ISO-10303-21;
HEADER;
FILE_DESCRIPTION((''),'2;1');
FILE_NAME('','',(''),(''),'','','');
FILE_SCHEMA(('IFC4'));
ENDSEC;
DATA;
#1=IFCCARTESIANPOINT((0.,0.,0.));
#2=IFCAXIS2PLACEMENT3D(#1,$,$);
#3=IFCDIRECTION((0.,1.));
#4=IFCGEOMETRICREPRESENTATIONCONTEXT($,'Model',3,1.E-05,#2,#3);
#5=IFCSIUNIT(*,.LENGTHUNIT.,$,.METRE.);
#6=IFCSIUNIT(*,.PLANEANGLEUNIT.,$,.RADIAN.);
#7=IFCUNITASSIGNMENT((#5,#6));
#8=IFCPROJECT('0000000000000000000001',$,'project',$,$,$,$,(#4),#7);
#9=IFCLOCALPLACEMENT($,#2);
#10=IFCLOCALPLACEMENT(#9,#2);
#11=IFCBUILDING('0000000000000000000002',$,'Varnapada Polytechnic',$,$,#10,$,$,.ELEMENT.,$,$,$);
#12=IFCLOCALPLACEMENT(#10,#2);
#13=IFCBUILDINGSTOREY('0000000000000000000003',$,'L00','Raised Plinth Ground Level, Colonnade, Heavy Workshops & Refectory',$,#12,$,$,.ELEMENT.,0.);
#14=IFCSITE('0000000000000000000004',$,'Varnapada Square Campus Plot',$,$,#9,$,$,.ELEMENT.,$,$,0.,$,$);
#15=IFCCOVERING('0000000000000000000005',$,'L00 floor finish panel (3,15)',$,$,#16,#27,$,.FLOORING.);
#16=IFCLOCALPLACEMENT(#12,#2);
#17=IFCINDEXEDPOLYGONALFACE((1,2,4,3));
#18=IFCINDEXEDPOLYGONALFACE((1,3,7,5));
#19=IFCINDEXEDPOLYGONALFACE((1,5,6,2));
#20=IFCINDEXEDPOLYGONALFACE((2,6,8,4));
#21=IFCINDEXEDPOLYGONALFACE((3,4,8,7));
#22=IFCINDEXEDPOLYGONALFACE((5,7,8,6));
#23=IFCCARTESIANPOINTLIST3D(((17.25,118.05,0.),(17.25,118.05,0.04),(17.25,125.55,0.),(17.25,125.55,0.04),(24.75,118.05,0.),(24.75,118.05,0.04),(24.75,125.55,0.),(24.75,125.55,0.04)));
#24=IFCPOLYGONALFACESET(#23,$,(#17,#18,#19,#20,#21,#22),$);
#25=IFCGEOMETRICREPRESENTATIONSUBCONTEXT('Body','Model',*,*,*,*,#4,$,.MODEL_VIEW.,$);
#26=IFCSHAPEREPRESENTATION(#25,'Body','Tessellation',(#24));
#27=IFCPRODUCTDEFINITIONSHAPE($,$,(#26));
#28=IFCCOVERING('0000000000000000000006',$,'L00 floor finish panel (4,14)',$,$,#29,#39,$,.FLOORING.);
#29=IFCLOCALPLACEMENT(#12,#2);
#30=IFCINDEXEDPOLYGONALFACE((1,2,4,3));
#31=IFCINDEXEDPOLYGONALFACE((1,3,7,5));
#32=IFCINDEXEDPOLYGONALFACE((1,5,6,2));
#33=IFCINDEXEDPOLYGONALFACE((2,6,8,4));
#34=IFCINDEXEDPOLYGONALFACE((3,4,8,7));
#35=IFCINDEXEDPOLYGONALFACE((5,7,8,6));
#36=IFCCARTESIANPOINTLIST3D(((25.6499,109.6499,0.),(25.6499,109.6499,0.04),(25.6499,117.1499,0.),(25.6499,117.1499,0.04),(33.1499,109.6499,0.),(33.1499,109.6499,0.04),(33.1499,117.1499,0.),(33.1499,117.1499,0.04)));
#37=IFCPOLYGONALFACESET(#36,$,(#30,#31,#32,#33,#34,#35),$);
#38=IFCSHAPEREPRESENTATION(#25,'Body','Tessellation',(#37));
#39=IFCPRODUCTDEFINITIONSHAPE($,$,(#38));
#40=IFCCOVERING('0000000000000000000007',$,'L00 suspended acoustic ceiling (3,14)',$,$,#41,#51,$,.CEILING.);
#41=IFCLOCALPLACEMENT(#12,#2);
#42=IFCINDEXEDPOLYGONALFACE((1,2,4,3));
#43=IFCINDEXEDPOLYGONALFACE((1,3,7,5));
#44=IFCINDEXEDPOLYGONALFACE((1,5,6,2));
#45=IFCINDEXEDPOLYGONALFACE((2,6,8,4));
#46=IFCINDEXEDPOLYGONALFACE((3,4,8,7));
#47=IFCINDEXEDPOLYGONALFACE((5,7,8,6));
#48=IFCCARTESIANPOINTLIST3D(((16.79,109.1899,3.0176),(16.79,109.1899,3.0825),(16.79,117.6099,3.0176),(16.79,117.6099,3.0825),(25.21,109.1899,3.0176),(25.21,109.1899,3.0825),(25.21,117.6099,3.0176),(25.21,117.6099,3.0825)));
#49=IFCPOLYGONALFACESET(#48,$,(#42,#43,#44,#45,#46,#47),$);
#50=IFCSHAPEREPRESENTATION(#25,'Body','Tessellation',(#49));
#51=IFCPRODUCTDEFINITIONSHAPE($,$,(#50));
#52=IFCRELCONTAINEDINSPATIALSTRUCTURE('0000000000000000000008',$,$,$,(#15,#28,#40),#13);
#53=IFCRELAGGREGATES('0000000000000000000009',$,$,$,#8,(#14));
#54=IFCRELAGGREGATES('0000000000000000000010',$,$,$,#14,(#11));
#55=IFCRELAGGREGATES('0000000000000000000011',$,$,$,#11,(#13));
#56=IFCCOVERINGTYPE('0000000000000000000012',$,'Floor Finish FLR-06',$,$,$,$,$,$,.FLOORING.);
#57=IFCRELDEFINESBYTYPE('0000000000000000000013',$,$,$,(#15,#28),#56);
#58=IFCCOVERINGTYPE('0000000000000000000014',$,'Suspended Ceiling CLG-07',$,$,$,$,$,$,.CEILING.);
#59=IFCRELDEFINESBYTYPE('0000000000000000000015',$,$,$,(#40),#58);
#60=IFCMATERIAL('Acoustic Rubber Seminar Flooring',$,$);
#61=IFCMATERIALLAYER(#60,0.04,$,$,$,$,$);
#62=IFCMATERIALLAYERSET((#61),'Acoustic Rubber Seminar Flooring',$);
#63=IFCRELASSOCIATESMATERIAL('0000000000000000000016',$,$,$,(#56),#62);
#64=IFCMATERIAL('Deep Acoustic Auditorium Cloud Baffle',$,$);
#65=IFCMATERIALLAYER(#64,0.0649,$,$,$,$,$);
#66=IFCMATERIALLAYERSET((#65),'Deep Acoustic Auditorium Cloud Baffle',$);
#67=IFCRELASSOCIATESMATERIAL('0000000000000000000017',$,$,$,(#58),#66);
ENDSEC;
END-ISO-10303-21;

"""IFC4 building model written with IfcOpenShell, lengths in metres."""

from ifc_helpers import new_model, si_unit, direction, frame, origin, origin_2d, place, context, subcontext, project, spatial, rectangle, extrude, material, layer, layer_set, type_object, element, save


model = new_model("IFC4")

# Units and contexts
model_context = context("Model", 3, precision=1e-05, world=origin(), true_north=direction((0.0, 1.0)))
body_context = subcontext(model_context, "Body", "Model", "MODEL_VIEW")
ifc_project = project(units=[si_unit("LENGTHUNIT", "METRE"), si_unit("PLANEANGLEUNIT", "RADIAN")], contexts=[model_context])

# Site, building, storey
site_placement = place(None, origin())
site = spatial("IfcSite", under=ifc_project, at=site_placement, Name="Varnapada Square Campus Plot", CompositionType="ELEMENT", RefElevation=0.0)
building_placement = place(site_placement, origin())
building = spatial("IfcBuilding", under=site, at=building_placement, Name="Varnapada Polytechnic", CompositionType="ELEMENT")
storey_placement = place(building_placement, origin())
storey = spatial("IfcBuildingStorey", under=building, at=storey_placement, Name="L00", Description="Raised Plinth Ground Level, Colonnade, Heavy Workshops & Refectory", CompositionType="ELEMENT", Elevation=0.0)

# Coverings
ifc_material_1 = material(Name="Acoustic Rubber Seminar Flooring")
ifc_layer_1 = layer(ifc_material_1, 0.04)
ifc_layer_set_1 = layer_set([ifc_layer_1], Name="Acoustic Rubber Seminar Flooring")
covering_type_1 = type_object("IfcCoveringType", Name="Floor Finish FLR-06", PredefinedType="FLOORING", material=ifc_layer_set_1)
for number, where, z_axis, x_axis, name in (
    (1, (21.0, 121.8, 0.0), (0.0, 0.0, 1.0), (1.0, 0.0, 0.0), "L00 floor finish panel (3,15)"),
    (2, (29.3999, 113.3999, 0.0), (0.0, 0.0, 1.0), (1.0, 0.0, 0.0), "L00 floor finish panel (4,14)"),
):
    element("IfcCovering", number, at=place(storey_placement, frame(where, z_axis=z_axis, x_axis=x_axis)), inside=storey, type_object=covering_type_1, Name=name, PredefinedType="FLOORING", context=body_context, shape_type="SweptSolid", body=[
        extrude(rectangle(XDim=7.5, YDim=7.5, at=origin_2d()), origin(), (0.0, 0.0, 1.0), 0.04),
    ])
ifc_material_2 = material(Name="Deep Acoustic Auditorium Cloud Baffle")
ifc_layer_2 = layer(ifc_material_2, 0.0649)
ifc_layer_set_2 = layer_set([ifc_layer_2], Name="Deep Acoustic Auditorium Cloud Baffle")
covering_type_2 = type_object("IfcCoveringType", Name="Suspended Ceiling CLG-07", PredefinedType="CEILING", material=ifc_layer_set_2)
covering_placement = place(storey_placement, frame((21.0, 113.3999, 3.0176), z_axis=(0.0, 0.0, 1.0), x_axis=(1.0, 0.0, 0.0)))
element("IfcCovering", 3, at=covering_placement, inside=storey, type_object=covering_type_2, Name="L00 suspended acoustic ceiling (3,14)", PredefinedType="CEILING", context=body_context, shape_type="SweptSolid", body=[
    extrude(rectangle(XDim=8.4199, YDim=8.4199, at=origin_2d()), origin(), (0.0, 0.0, 1.0), 0.0649),
])

save(model, "model.ifc")
